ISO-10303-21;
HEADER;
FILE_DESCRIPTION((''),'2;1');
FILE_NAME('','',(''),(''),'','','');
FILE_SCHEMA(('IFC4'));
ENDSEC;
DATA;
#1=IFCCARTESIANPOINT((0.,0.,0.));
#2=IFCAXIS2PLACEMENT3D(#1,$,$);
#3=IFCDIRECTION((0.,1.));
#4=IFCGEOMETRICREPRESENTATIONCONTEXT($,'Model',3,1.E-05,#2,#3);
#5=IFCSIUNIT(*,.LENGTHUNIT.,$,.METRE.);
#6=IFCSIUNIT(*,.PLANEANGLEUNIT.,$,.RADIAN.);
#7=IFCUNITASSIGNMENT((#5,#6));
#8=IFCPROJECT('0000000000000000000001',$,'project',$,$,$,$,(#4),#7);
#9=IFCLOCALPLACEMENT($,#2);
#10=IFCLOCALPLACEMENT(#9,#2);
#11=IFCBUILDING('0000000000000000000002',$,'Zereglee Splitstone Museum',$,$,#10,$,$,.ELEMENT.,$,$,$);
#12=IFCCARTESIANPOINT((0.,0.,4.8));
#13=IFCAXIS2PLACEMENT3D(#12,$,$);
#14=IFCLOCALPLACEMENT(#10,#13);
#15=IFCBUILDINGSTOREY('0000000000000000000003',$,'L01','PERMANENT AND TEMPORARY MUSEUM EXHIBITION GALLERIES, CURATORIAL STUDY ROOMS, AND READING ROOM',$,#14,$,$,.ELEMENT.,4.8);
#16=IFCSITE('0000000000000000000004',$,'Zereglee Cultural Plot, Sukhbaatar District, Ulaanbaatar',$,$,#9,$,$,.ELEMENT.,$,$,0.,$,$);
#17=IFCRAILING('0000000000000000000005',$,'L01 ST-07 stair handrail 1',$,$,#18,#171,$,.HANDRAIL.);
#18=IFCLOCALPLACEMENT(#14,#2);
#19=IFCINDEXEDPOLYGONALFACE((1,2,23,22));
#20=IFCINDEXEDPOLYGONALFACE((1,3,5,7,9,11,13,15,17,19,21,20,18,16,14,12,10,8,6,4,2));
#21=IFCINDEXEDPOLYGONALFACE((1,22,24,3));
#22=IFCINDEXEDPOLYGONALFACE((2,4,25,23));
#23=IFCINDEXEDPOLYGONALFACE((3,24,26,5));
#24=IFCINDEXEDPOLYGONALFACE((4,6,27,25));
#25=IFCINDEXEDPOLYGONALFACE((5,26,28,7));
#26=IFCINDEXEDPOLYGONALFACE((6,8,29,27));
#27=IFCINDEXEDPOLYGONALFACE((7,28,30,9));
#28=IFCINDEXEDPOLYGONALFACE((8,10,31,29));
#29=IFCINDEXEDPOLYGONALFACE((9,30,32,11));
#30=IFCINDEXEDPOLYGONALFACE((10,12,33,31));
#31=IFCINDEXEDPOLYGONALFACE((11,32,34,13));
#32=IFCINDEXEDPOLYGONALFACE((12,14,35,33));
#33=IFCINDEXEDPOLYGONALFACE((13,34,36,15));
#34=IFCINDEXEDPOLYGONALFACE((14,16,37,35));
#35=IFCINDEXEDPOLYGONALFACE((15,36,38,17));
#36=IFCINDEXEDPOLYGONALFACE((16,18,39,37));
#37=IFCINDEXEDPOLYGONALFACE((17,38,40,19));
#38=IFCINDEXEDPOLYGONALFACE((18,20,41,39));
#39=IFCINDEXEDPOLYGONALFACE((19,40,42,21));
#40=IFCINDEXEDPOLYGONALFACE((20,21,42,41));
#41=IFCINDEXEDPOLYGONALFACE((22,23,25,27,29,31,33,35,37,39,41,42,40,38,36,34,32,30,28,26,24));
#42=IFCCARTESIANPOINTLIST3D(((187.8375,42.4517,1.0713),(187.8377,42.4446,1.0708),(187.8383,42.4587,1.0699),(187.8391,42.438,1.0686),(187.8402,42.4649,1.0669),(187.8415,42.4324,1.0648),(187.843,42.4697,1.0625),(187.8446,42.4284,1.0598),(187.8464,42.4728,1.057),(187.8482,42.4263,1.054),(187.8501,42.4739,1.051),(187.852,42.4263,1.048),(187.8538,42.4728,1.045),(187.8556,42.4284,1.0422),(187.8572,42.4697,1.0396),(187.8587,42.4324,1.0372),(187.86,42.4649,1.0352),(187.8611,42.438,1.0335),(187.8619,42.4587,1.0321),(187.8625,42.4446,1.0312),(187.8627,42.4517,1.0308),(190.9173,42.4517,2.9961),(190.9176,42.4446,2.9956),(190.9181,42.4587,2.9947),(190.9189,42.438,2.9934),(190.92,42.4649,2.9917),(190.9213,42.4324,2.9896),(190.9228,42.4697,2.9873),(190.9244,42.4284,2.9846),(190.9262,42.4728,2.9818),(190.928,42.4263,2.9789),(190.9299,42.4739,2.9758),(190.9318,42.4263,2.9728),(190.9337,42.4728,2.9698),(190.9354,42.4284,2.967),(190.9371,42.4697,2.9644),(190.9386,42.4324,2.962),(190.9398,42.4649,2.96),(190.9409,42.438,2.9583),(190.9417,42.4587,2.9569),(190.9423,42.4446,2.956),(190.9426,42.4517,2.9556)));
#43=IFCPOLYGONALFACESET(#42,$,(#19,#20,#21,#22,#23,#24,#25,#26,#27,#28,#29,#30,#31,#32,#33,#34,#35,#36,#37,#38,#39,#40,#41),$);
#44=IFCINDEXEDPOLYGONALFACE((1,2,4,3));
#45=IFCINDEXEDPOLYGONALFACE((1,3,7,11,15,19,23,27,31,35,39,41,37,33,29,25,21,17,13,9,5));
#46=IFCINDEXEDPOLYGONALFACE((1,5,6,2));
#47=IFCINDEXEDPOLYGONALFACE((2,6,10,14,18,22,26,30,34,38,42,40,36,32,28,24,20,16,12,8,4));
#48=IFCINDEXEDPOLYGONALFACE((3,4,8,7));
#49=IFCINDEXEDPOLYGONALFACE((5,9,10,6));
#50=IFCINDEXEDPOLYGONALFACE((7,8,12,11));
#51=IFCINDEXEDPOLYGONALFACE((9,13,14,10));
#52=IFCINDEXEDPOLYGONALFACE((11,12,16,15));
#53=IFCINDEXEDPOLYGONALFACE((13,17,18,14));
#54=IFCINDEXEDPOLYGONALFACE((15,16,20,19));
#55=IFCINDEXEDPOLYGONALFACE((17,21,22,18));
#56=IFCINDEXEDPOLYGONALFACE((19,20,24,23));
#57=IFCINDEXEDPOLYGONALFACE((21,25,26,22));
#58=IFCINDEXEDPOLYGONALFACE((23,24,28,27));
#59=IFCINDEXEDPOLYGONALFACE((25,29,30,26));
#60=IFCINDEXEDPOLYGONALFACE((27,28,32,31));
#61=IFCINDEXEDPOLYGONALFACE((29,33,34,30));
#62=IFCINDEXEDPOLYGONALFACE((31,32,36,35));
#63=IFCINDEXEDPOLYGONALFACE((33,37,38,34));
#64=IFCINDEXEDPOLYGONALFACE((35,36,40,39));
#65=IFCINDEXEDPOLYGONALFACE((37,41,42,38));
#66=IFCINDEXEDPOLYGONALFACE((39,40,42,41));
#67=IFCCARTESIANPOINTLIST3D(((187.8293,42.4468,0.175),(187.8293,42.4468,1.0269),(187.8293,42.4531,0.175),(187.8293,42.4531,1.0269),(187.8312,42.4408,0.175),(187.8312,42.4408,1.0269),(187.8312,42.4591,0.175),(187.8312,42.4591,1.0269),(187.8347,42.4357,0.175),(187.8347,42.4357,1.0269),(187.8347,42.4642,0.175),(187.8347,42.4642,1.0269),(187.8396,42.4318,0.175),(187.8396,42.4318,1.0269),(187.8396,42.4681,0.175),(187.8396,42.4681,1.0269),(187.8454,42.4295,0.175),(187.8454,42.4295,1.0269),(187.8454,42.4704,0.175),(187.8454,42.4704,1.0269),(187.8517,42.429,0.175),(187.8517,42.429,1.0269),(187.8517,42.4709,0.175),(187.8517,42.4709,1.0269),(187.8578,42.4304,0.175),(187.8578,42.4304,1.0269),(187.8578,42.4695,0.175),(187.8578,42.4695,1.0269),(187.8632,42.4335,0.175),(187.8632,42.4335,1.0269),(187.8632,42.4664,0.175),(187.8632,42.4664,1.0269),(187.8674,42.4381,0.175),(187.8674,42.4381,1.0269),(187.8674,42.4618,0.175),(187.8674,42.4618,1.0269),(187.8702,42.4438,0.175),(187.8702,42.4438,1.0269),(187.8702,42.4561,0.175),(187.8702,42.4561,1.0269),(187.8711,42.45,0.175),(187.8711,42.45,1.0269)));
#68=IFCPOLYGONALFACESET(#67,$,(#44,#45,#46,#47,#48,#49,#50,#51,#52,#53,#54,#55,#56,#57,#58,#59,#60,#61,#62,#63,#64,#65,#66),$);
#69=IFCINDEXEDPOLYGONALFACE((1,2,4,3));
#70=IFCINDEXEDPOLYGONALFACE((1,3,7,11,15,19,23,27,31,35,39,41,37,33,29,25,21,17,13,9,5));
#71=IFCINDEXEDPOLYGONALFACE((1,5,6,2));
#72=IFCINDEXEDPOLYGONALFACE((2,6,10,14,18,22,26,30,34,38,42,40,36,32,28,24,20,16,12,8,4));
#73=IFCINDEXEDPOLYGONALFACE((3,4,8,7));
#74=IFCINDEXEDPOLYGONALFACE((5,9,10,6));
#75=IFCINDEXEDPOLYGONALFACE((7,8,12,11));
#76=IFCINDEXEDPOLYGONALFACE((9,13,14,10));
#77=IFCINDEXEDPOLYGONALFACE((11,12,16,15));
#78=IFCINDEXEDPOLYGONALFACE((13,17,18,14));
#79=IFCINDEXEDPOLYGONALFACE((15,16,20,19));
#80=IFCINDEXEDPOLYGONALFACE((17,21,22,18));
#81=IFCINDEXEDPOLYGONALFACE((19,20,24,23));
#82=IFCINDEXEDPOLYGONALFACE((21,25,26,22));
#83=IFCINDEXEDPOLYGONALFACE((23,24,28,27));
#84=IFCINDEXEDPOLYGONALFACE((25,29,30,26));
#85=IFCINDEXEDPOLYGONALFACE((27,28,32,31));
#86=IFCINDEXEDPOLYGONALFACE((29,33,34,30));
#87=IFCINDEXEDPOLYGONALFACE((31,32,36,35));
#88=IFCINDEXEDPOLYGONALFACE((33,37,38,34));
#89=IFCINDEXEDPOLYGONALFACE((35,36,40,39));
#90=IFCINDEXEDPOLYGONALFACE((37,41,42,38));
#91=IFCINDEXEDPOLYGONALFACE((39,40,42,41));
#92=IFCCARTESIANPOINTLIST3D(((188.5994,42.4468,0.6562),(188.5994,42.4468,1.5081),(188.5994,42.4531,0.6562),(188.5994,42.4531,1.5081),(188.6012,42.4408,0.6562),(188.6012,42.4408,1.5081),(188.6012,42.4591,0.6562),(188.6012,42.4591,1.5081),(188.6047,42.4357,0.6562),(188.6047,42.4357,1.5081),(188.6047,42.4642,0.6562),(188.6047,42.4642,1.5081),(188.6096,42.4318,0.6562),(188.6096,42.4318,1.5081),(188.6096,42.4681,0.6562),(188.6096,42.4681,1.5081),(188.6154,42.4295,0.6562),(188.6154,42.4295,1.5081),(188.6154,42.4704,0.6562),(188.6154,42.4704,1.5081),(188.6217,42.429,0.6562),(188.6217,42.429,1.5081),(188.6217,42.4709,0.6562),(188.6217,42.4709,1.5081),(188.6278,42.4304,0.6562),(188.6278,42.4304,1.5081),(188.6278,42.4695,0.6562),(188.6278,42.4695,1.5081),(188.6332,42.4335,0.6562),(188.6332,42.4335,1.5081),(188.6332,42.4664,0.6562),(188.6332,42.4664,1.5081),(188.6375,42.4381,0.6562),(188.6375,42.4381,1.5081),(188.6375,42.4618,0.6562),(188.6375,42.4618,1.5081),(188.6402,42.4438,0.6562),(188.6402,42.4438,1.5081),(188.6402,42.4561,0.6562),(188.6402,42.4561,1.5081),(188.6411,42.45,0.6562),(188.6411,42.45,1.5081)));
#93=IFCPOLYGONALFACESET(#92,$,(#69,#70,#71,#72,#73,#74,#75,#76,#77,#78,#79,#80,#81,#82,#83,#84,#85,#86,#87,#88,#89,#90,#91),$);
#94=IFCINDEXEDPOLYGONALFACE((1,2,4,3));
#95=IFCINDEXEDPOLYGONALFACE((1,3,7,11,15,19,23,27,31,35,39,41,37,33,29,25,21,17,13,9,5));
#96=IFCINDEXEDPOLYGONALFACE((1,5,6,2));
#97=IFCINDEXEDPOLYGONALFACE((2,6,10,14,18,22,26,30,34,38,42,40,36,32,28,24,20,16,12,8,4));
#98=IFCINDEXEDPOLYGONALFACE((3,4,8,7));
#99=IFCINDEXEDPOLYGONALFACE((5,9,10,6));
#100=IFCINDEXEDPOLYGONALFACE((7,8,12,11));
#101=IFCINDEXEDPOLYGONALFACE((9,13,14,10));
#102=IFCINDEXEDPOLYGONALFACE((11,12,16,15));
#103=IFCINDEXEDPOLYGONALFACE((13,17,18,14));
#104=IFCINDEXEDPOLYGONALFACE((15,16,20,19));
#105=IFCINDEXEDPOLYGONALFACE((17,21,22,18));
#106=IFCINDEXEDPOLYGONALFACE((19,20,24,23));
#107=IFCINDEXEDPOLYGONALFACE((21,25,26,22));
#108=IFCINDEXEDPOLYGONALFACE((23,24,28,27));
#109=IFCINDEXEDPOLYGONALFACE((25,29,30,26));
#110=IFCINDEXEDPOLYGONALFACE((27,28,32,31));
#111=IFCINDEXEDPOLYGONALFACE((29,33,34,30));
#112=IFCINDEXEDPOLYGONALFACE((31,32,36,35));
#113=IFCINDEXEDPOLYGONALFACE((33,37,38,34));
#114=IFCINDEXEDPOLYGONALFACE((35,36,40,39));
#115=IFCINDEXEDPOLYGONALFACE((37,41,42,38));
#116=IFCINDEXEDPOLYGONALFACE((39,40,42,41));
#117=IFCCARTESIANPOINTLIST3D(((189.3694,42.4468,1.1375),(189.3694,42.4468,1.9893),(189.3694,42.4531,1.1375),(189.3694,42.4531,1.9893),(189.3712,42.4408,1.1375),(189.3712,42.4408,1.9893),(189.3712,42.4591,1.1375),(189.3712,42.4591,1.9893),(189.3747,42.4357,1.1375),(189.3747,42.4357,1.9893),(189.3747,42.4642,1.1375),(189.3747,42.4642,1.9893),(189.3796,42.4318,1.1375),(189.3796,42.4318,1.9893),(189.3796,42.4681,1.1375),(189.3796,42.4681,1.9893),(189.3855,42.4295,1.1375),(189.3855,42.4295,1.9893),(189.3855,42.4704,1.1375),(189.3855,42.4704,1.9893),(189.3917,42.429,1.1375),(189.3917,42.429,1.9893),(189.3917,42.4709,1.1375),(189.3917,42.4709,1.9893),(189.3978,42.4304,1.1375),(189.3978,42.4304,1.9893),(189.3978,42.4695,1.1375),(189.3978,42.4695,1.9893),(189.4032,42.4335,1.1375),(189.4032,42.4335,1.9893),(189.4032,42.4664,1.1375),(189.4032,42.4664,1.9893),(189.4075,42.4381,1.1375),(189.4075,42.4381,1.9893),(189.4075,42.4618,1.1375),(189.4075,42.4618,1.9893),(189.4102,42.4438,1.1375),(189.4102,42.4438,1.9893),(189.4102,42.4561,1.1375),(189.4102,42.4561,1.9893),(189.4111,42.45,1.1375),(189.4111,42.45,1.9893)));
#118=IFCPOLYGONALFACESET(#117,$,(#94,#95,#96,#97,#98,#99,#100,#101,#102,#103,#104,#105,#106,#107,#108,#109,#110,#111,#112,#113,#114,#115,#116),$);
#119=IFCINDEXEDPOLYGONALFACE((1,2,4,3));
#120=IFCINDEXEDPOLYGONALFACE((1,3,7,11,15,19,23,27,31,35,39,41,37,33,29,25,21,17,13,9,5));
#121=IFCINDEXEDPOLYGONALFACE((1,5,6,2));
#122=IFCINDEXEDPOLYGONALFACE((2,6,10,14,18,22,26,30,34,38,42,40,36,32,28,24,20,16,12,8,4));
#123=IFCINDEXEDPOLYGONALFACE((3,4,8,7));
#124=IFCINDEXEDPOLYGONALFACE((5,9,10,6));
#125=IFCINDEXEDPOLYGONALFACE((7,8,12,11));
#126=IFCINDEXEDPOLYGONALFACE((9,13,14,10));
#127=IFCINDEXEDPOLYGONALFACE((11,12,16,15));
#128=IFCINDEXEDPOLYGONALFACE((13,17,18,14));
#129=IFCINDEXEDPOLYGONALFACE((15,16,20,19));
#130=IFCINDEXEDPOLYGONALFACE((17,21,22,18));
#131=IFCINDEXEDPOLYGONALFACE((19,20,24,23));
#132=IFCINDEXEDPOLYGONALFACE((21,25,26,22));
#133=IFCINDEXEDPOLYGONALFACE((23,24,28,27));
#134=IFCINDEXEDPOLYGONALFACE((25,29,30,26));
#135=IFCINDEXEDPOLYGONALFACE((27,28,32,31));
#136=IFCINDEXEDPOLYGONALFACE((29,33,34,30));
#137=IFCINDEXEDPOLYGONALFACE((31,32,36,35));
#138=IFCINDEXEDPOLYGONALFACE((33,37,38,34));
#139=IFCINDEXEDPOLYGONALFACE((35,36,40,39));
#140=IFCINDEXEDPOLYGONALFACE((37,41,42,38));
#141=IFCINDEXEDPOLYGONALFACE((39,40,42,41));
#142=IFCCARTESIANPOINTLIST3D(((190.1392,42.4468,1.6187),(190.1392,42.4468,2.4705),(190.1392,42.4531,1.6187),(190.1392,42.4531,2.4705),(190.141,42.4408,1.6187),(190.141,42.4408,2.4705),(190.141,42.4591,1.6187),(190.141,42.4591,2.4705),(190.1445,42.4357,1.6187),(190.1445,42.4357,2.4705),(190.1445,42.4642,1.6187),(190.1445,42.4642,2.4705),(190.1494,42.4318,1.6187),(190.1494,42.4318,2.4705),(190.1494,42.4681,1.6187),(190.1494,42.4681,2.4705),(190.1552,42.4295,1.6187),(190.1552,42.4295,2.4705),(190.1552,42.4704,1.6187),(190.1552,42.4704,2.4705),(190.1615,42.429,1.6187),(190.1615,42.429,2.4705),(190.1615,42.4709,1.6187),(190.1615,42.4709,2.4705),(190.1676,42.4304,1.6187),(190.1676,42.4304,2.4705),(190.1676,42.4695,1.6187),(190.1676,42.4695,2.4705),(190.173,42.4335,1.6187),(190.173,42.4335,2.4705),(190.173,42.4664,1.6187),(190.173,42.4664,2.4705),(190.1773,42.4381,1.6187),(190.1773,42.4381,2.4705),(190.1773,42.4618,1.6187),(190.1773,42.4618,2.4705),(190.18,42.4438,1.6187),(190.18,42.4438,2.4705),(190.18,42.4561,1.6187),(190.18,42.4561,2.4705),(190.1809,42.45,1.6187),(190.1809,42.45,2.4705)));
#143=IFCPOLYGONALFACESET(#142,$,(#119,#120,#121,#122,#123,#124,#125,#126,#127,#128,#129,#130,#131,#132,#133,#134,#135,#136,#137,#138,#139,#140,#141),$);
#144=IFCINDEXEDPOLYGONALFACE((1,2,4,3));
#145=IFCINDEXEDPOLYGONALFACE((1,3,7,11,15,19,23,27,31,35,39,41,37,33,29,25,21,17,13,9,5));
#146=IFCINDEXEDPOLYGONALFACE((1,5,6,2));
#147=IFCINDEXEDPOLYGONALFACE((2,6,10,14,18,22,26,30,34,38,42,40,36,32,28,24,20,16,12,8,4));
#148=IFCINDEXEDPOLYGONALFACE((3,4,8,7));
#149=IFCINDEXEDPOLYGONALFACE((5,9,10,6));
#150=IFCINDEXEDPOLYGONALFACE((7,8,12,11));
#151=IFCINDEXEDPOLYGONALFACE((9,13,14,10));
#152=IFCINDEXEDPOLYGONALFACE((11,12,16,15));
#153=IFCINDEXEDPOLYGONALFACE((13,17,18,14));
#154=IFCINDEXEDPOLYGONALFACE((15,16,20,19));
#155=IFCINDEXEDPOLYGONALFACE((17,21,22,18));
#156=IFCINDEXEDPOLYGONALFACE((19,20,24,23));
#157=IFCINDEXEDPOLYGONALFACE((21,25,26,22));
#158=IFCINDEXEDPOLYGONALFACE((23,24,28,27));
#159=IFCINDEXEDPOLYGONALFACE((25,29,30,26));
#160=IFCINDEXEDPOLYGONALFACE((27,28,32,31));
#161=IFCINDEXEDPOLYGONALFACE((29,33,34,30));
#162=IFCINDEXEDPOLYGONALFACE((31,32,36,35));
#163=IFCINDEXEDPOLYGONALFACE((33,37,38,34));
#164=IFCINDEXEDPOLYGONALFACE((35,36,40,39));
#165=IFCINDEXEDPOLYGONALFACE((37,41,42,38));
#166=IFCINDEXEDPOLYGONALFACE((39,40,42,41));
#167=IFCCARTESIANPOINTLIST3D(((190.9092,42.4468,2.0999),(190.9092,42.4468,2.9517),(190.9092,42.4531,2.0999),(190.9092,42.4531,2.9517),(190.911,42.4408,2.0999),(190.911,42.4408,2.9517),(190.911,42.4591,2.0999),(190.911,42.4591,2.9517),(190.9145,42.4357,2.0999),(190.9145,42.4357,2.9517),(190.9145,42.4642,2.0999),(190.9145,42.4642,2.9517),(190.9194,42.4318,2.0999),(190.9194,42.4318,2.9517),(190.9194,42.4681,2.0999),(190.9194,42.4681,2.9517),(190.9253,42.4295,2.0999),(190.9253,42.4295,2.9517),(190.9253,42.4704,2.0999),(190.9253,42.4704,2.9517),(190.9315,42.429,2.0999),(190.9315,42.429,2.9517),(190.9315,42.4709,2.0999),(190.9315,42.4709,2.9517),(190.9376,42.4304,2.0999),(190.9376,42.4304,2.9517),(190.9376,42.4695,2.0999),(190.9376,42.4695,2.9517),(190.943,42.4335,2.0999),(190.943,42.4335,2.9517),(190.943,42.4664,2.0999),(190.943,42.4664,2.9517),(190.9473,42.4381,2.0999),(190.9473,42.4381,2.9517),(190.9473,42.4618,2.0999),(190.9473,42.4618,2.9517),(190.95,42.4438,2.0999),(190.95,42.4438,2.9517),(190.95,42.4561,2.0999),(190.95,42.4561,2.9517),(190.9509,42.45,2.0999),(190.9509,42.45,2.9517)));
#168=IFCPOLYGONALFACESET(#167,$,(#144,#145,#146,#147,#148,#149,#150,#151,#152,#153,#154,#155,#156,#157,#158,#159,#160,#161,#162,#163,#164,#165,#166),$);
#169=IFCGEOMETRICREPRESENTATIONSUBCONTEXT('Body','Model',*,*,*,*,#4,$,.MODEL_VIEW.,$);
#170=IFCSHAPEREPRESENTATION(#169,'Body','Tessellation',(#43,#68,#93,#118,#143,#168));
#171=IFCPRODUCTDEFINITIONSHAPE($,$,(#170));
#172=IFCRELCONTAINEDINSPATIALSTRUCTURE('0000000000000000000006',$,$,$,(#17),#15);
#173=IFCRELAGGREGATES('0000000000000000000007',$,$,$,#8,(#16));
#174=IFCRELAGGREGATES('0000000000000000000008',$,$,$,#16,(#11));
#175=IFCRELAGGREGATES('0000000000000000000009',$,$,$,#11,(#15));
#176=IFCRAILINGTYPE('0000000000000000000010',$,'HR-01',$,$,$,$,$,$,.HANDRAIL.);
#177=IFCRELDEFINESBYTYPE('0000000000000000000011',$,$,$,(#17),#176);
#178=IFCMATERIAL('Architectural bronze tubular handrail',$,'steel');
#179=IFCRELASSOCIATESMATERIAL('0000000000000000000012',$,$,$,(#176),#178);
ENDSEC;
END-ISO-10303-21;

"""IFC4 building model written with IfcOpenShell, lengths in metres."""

from ifc_helpers import new_model, si_unit, direction, frame, origin, origin_2d, place, context, subcontext, project, spatial, circle, extrude, material, type_object, element, save


model = new_model("IFC4")

# Units and contexts
model_context = context("Model", 3, precision=1e-05, world=origin(), true_north=direction((0.0, 1.0)))
body_context = subcontext(model_context, "Body", "Model", "MODEL_VIEW")
ifc_project = project(units=[si_unit("LENGTHUNIT", "METRE"), si_unit("PLANEANGLEUNIT", "RADIAN")], contexts=[model_context])

# Site, building, storey
site_placement = place(None, origin())
site = spatial("IfcSite", under=ifc_project, at=site_placement, Name="Zereglee Cultural Plot, Sukhbaatar District, Ulaanbaatar", CompositionType="ELEMENT", RefElevation=0.0)
building_placement = place(site_placement, origin())
building = spatial("IfcBuilding", under=site, at=building_placement, Name="Zereglee Splitstone Museum", CompositionType="ELEMENT")
storey_placement = place(building_placement, frame((0.0, 0.0, 4.8)))
storey = spatial("IfcBuildingStorey", under=building, at=storey_placement, Name="L01", Description="PERMANENT AND TEMPORARY MUSEUM EXHIBITION GALLERIES, CURATORIAL STUDY ROOMS, AND READING ROOM", CompositionType="ELEMENT", Elevation=4.8)

# Railing
ifc_material_1 = material(Name="Architectural bronze tubular handrail", Category="steel")
railing_type_1 = type_object("IfcRailingType", Name="HR-01", PredefinedType="HANDRAIL", material=ifc_material_1)
railing_1_placement = place(storey_placement, frame((187.8501, 42.45, 0.175)))
element("IfcRailing", 1, at=railing_1_placement, inside=storey, type_object=railing_type_1, Name="L01 ST-07 stair handrail 1", PredefinedType="HANDRAIL", context=body_context, shape_type="SweptSolid", body=[
    extrude(circle(Radius=0.0239, at=origin_2d()), frame((0.0, 0.0, 0.876), z_axis=(0.84801, 0.0, 0.529981), x_axis=(0.0, 1.0, 0.0)), (0.0, 0.0, 1.0), 3.6318),
    extrude(circle(Radius=0.021, at=origin_2d()), origin(), (0.0, 0.0, 1.0), 0.8518),
    extrude(circle(Radius=0.021, at=origin_2d()), frame((0.77, 0.0, 0.4812)), (0.0, 0.0, 1.0), 0.8518),
    extrude(circle(Radius=0.021, at=origin_2d()), frame((1.54, 0.0, 0.9624)), (0.0, 0.0, 1.0), 0.8518),
    extrude(circle(Radius=0.021, at=origin_2d()), frame((2.3098, 0.0, 1.4436)), (0.0, 0.0, 1.0), 0.8518),
    extrude(circle(Radius=0.021, at=origin_2d()), frame((3.0798, 0.0, 1.9248)), (0.0, 0.0, 1.0), 0.8518),
])

save(model, "model.ifc")
